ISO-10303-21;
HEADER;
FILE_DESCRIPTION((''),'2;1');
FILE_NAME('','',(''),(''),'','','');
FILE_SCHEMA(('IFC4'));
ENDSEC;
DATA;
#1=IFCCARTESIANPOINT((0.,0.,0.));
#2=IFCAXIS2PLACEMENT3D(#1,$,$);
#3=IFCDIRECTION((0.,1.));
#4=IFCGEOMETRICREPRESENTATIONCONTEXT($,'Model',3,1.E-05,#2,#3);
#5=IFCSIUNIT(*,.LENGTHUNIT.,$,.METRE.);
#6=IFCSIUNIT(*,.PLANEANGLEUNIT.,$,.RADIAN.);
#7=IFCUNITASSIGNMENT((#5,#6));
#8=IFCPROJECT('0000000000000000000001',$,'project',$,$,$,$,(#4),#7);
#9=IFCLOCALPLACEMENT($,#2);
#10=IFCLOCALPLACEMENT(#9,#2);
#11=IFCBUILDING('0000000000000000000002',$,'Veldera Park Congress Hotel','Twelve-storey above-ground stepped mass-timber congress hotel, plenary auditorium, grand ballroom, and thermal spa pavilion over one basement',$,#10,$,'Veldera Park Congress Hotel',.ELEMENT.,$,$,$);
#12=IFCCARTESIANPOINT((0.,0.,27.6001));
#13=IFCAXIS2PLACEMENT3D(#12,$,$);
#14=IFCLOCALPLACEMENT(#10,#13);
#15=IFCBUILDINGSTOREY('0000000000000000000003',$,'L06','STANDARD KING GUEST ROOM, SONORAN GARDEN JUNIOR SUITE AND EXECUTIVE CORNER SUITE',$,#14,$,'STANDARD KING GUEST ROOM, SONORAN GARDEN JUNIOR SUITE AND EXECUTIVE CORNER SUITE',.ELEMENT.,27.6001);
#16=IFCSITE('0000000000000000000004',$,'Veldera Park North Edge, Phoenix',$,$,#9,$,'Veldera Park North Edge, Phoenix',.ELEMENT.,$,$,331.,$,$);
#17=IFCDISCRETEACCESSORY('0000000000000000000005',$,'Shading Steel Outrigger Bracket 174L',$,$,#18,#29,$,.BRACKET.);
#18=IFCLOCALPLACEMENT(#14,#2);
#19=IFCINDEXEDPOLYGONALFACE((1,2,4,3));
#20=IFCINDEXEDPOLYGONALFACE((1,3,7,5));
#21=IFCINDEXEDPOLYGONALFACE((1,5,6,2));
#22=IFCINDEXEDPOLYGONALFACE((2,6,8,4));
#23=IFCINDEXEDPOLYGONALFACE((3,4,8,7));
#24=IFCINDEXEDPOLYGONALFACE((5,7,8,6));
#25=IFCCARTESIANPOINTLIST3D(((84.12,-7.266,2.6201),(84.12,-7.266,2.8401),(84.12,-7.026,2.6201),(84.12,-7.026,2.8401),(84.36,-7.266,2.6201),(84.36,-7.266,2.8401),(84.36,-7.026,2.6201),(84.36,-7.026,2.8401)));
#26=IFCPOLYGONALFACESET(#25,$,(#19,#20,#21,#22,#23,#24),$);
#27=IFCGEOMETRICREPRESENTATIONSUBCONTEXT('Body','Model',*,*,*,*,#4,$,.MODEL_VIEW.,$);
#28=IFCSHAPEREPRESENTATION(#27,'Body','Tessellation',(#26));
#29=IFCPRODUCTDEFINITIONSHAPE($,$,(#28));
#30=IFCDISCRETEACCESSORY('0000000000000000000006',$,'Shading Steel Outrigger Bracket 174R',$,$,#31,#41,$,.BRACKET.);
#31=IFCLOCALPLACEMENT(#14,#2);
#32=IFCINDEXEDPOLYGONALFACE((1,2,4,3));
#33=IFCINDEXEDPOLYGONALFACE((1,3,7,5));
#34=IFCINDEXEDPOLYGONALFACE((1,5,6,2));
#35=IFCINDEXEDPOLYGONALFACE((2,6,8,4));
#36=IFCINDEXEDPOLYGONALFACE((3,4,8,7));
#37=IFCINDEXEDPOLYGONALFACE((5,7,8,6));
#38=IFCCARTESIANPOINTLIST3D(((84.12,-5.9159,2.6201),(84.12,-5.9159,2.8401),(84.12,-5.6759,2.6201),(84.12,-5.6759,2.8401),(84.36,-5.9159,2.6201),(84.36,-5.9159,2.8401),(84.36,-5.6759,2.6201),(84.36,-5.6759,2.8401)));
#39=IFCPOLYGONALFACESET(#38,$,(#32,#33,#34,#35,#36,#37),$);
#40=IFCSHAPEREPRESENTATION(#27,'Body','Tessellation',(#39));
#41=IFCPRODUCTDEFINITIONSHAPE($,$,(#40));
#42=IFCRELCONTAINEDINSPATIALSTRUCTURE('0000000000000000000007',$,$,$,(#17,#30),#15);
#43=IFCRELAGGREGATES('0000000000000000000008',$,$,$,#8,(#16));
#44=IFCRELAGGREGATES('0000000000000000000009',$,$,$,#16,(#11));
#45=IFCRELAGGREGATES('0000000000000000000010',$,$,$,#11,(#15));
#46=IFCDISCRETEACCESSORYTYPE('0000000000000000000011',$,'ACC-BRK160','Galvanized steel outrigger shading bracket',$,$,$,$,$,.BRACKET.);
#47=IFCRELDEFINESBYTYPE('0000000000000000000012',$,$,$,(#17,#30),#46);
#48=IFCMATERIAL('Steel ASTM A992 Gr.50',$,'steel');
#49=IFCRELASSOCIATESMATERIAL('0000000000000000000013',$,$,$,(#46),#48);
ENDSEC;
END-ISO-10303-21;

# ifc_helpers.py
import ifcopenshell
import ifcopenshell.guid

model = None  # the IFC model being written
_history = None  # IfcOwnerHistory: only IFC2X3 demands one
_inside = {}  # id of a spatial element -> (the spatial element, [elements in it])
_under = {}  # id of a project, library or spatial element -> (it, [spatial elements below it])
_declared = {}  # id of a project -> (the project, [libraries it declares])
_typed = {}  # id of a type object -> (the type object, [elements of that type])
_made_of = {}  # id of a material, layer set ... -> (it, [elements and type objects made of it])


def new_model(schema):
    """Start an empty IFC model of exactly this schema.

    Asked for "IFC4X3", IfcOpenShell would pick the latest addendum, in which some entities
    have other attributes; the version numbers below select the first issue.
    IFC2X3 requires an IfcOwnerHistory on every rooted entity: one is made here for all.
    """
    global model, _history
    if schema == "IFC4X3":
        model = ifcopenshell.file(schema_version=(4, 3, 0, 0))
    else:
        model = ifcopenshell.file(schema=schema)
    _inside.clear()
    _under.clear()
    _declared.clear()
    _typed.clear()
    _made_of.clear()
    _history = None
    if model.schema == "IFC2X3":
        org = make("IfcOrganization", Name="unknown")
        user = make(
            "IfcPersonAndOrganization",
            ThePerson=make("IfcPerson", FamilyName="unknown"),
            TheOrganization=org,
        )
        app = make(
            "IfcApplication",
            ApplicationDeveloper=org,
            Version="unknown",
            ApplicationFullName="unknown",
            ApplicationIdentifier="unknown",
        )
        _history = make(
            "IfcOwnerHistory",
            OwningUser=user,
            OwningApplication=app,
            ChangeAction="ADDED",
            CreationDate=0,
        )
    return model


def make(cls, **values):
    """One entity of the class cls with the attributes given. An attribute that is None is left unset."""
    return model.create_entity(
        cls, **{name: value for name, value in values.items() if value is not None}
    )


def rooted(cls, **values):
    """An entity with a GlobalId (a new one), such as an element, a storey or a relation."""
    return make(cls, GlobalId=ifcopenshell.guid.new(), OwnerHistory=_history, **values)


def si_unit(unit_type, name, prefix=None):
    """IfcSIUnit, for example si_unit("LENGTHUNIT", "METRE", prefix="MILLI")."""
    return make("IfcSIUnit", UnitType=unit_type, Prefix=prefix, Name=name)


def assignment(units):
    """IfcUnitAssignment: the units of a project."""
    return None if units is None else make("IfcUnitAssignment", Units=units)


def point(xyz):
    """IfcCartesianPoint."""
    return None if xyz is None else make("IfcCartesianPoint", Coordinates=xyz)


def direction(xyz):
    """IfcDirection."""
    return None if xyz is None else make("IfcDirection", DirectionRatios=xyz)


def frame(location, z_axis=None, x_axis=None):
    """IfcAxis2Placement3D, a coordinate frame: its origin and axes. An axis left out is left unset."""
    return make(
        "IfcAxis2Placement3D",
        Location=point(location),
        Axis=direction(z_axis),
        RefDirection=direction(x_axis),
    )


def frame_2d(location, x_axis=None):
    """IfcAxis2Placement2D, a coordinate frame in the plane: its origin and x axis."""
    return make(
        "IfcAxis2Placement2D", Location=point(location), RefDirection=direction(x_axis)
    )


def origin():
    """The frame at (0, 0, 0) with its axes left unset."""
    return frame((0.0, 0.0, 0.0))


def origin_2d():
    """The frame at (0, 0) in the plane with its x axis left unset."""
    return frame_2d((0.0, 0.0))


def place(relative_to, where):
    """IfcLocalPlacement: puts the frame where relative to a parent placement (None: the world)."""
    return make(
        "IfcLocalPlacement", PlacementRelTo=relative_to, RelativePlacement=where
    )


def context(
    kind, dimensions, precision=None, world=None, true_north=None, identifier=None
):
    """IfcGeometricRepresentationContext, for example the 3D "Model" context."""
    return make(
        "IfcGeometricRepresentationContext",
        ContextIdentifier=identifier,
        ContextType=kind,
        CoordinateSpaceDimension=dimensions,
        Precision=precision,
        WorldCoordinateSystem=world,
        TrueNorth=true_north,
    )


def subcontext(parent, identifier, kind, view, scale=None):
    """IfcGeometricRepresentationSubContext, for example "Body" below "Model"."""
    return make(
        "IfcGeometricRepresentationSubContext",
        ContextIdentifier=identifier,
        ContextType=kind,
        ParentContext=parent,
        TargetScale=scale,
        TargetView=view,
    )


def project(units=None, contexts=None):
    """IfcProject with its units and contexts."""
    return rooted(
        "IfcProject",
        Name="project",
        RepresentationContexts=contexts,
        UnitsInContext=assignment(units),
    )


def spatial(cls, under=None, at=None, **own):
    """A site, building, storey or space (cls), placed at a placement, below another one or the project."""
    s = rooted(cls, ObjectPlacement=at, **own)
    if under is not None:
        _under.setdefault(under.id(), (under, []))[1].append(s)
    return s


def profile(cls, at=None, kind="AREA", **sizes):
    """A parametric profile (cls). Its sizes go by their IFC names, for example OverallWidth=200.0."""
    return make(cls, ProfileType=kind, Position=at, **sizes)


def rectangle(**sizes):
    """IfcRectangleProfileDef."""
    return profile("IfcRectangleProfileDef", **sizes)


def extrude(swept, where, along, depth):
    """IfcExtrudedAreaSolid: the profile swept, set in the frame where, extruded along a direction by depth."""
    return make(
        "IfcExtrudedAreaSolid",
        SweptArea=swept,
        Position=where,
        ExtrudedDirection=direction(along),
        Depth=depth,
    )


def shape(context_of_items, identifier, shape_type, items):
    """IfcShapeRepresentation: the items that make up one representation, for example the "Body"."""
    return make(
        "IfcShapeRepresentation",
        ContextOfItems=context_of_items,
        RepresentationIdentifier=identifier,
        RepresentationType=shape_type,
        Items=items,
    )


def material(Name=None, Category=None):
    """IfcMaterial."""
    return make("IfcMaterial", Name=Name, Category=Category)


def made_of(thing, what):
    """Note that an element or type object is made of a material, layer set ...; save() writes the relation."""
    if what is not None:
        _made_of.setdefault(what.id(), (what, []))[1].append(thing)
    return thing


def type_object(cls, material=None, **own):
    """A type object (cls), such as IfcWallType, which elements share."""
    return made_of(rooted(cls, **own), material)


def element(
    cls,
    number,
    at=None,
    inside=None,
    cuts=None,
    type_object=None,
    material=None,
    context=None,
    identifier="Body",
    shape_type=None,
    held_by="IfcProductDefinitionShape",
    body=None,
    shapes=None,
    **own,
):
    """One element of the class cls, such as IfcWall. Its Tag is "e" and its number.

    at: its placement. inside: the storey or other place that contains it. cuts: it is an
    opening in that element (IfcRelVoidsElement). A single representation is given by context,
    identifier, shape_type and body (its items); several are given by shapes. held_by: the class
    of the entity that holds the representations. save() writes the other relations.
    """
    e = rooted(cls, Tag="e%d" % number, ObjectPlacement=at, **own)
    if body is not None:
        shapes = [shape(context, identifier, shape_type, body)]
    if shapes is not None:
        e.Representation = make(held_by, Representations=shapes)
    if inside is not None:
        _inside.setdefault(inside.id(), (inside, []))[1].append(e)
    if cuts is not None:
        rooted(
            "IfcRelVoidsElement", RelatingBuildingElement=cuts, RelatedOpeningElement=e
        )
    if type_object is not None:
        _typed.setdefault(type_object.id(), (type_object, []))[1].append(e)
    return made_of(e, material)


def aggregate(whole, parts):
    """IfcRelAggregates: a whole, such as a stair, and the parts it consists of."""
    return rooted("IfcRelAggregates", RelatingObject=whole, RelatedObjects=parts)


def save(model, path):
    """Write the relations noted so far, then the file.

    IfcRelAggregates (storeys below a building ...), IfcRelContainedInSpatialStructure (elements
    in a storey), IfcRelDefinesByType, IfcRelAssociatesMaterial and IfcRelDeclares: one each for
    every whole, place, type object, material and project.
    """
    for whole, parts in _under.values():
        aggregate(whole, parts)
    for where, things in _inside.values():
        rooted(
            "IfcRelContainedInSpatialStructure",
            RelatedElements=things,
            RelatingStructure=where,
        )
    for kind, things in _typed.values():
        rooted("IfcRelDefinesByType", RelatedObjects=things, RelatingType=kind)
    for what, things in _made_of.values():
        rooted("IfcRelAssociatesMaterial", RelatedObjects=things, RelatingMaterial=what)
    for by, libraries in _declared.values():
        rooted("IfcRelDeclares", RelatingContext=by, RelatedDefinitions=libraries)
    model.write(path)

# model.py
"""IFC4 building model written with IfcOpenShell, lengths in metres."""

from ifc_helpers import new_model, si_unit, direction, frame, origin, origin_2d, place, context, subcontext, project, spatial, rectangle, extrude, material, type_object, element, save


model = new_model("IFC4")

# Units and contexts
model_context = context("Model", 3, precision=1e-05, world=origin(), true_north=direction((0.0, 1.0)))
body_context = subcontext(model_context, "Body", "Model", "MODEL_VIEW")
ifc_project = project(units=[si_unit("LENGTHUNIT", "METRE"), si_unit("PLANEANGLEUNIT", "RADIAN")], contexts=[model_context])

# Site, building, storey
site_placement = place(None, origin())
site = spatial("IfcSite", under=ifc_project, at=site_placement, Name="Veldera Park North Edge, Phoenix", LongName="Veldera Park North Edge, Phoenix", CompositionType="ELEMENT", RefElevation=331.0)
building_placement = place(site_placement, origin())
building = spatial("IfcBuilding", under=site, at=building_placement, Name="Veldera Park Congress Hotel", Description="Twelve-storey above-ground stepped mass-timber congress hotel, plenary auditorium, grand ballroom, and thermal spa pavilion over one basement", LongName="Veldera Park Congress Hotel", CompositionType="ELEMENT")
storey_placement = place(building_placement, frame((0.0, 0.0, 27.6001)))
storey = spatial("IfcBuildingStorey", under=building, at=storey_placement, Name="L06", Description="STANDARD KING GUEST ROOM, SONORAN GARDEN JUNIOR SUITE AND EXECUTIVE CORNER SUITE", LongName="STANDARD KING GUEST ROOM, SONORAN GARDEN JUNIOR SUITE AND EXECUTIVE CORNER SUITE", CompositionType="ELEMENT", Elevation=27.6001)

# Shared definitions
ifc_material_1 = material(Name="Steel ASTM A992 Gr.50", Category="steel")

# Discrete accessories
discrete_accessory_type = type_object("IfcDiscreteAccessoryType", Name="ACC-BRK160", Description="Galvanized steel outrigger shading bracket", PredefinedType="BRACKET", material=ifc_material_1)
for number, where, z_axis, x_axis, name in (
    (1, (84.24, -7.146, 2.6201), (0.0, 0.0, 1.0), (0.0, 1.0, 0.0), "Shading Steel Outrigger Bracket 174L"),
    (2, (84.24, -5.7959, 2.6201), (0.0, 0.0, 1.0), (0.0, 1.0, 0.0), "Shading Steel Outrigger Bracket 174R"),
):
    element("IfcDiscreteAccessory", number, at=place(storey_placement, frame(where, z_axis=z_axis, x_axis=x_axis)), inside=storey, type_object=discrete_accessory_type, Name=name, PredefinedType="BRACKET", context=body_context, shape_type="SweptSolid", body=[
        extrude(rectangle(XDim=0.24, YDim=0.24, at=origin_2d()), origin(), (0.0, 0.0, 1.0), 0.22),
    ])

save(model, "model.ifc")
